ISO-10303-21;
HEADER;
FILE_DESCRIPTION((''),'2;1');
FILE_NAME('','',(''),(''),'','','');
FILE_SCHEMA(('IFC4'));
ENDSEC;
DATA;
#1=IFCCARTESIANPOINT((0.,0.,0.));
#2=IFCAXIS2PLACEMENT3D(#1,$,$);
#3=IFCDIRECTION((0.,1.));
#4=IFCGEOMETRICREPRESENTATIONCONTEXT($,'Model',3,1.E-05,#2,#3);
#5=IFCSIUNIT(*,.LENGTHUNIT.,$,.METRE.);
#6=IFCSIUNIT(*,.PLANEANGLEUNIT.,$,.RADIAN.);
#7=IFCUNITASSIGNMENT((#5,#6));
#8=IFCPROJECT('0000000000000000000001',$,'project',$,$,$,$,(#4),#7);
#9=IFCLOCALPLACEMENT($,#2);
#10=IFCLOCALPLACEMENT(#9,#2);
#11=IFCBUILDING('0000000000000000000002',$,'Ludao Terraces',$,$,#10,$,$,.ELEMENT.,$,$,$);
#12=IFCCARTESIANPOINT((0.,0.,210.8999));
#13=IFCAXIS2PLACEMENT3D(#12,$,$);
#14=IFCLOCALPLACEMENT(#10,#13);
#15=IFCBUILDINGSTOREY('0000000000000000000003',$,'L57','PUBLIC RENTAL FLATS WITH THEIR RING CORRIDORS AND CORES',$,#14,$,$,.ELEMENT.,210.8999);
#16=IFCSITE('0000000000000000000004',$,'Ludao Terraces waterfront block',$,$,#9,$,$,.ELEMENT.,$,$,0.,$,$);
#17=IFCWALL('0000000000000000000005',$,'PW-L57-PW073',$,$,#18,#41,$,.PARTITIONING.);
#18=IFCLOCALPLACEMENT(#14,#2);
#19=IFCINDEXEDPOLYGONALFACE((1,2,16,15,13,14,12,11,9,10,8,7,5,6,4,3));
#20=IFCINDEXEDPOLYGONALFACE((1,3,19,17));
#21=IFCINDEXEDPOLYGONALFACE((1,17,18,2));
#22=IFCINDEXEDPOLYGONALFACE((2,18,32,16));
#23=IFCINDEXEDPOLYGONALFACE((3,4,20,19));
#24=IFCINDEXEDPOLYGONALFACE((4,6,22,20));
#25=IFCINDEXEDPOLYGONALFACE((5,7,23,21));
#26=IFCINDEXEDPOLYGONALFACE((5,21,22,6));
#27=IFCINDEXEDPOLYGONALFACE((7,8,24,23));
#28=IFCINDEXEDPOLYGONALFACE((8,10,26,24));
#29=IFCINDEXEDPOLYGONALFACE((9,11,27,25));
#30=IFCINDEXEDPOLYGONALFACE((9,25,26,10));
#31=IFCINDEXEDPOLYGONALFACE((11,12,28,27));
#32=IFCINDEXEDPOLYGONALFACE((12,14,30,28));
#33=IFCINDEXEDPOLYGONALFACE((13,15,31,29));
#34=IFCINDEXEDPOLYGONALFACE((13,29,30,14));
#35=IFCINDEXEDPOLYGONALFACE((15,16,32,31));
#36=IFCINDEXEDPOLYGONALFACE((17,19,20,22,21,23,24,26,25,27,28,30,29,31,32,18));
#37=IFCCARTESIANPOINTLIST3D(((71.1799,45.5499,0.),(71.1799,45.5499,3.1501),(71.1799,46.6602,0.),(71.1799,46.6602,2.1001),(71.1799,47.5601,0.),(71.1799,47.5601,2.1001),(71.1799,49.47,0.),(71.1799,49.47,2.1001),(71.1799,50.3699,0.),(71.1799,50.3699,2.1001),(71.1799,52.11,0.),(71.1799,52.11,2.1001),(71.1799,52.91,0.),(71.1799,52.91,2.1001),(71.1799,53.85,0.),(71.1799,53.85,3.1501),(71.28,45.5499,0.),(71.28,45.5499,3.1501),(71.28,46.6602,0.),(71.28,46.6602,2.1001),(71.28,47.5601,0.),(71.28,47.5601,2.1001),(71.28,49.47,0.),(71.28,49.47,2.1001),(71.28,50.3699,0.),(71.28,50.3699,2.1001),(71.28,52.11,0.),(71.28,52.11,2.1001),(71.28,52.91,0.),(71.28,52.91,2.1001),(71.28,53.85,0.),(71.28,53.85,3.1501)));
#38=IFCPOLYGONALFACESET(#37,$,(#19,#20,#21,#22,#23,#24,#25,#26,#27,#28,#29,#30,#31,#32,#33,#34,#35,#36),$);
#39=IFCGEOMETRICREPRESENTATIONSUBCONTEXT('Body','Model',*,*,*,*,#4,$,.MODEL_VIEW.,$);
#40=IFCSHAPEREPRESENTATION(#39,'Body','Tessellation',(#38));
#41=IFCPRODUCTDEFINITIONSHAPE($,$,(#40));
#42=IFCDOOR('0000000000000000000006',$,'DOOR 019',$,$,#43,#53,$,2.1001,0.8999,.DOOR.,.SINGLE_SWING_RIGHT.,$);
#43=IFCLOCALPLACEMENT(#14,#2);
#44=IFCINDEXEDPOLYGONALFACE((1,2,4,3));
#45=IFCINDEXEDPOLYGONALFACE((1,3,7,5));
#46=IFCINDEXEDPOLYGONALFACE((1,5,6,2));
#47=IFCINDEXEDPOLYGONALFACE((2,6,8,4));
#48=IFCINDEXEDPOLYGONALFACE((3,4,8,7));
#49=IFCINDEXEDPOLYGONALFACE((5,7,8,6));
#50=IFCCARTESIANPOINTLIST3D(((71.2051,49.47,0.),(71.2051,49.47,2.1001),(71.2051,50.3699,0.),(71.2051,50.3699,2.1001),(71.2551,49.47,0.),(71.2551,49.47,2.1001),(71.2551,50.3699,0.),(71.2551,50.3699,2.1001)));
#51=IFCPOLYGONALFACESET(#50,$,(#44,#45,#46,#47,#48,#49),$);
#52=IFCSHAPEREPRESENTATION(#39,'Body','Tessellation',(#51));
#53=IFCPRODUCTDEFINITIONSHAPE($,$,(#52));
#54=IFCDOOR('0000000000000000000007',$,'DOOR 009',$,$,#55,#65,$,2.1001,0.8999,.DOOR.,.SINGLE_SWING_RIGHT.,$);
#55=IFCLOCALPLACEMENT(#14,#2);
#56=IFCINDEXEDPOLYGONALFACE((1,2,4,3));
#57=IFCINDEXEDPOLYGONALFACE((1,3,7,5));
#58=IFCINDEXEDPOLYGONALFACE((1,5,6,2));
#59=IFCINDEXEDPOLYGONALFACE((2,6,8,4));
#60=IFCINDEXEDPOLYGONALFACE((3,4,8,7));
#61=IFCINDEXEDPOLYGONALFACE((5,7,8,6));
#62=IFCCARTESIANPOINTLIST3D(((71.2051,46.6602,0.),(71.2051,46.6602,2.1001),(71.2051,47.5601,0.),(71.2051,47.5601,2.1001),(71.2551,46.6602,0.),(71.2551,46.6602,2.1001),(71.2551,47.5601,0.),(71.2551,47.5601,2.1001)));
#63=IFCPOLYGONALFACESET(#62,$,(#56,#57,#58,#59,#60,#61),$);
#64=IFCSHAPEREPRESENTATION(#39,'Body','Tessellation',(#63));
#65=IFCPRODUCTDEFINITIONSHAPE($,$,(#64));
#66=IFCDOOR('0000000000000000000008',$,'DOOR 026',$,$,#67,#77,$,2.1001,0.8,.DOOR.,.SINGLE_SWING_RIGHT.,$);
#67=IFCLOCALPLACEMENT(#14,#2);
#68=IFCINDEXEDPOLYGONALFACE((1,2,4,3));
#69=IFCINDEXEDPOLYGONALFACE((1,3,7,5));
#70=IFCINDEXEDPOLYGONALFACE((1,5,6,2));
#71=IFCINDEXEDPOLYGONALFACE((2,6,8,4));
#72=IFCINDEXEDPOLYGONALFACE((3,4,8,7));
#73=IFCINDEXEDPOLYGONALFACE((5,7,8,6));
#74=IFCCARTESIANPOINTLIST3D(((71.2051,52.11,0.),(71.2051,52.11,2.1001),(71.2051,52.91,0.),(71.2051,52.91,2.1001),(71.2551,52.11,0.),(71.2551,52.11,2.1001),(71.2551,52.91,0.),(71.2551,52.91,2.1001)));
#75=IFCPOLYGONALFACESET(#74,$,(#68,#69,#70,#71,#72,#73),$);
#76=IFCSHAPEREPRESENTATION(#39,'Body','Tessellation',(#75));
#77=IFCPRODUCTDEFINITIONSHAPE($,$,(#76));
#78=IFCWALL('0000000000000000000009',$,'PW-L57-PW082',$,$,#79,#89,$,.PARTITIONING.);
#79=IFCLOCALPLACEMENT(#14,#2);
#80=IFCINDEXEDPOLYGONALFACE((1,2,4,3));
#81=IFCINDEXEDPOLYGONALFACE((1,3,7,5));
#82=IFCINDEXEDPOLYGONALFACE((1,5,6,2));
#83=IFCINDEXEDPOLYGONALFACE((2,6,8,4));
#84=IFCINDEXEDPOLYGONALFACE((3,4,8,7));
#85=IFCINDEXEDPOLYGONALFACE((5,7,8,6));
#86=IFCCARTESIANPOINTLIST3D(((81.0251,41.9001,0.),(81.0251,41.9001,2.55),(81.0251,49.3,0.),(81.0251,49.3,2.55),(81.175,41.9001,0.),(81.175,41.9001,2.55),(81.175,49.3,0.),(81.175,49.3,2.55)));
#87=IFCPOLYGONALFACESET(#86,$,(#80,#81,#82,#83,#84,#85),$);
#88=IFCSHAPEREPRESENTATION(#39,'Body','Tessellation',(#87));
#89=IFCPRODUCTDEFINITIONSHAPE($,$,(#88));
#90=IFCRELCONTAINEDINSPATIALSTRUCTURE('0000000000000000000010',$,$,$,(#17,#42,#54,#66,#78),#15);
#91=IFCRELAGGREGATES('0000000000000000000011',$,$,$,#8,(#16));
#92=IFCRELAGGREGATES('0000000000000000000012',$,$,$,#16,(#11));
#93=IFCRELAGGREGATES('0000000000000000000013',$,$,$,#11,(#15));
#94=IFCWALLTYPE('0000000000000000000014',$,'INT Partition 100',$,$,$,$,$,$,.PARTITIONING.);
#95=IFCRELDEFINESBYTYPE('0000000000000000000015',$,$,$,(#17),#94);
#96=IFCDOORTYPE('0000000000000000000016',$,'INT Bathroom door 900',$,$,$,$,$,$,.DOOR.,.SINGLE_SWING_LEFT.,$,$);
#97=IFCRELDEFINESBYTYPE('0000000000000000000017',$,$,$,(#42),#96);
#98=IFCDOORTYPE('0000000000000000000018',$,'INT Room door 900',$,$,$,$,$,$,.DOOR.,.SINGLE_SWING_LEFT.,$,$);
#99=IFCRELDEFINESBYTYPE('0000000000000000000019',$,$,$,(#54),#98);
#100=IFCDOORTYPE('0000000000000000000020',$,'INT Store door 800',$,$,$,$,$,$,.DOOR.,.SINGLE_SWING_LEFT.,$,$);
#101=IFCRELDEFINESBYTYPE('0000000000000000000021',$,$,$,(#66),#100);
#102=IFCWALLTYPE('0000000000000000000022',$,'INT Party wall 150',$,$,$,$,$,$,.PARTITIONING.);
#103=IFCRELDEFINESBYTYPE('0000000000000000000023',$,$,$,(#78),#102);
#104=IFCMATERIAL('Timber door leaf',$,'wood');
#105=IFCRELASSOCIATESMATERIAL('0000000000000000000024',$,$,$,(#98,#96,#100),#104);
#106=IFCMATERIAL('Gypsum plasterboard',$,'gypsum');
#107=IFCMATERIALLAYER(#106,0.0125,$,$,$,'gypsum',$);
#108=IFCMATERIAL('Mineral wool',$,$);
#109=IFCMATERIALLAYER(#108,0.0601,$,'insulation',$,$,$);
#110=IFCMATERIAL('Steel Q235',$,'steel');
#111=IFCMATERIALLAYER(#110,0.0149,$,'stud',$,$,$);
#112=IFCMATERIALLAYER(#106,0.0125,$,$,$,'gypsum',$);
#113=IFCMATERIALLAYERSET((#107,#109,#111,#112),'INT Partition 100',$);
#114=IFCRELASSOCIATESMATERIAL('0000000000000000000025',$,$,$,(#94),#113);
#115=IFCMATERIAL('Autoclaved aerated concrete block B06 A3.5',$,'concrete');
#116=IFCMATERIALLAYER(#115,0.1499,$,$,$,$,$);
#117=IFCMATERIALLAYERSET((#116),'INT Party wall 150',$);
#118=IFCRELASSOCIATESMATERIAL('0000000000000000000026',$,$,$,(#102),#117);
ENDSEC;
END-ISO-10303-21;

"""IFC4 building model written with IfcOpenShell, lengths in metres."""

from ifc_helpers import new_model, si_unit, direction, frame, frame_2d, origin, place, context, subcontext, project, spatial, rectangle, extrude, material, layer, layer_set, type_object, element, fill, save


model = new_model("IFC4")

# Units and contexts
model_context = context("Model", 3, precision=1e-05, world=origin(), true_north=direction((0.0, 1.0)))
body_context = subcontext(model_context, "Body", "Model", "MODEL_VIEW")
ifc_project = project(units=[si_unit("LENGTHUNIT", "METRE"), si_unit("PLANEANGLEUNIT", "RADIAN")], contexts=[model_context])

# Site, building, storey
site_placement = place(None, origin())
site = spatial("IfcSite", under=ifc_project, at=site_placement, Name="Ludao Terraces waterfront block", CompositionType="ELEMENT", RefElevation=0.0)
building_placement = place(site_placement, origin())
building = spatial("IfcBuilding", under=site, at=building_placement, Name="Ludao Terraces", CompositionType="ELEMENT")
storey_placement = place(building_placement, frame((0.0, 0.0, 210.8999)))
storey = spatial("IfcBuildingStorey", under=building, at=storey_placement, Name="L57", Description="PUBLIC RENTAL FLATS WITH THEIR RING CORRIDORS AND CORES", CompositionType="ELEMENT", Elevation=210.8999)

# Shared definitions
ifc_material_1 = material(Name="Autoclaved aerated concrete block B06 A3.5", Category="concrete")
ifc_material_2 = material(Name="Timber door leaf", Category="wood")
door_type_1 = type_object("IfcDoorType", Name="INT Room door 900", OperationType="SINGLE_SWING_LEFT", PredefinedType="DOOR", material=ifc_material_2)
ifc_material_3 = material(Name="Steel Q235", Category="steel")

# Shared definitions
ifc_material_4 = material(Name="Gypsum plasterboard", Category="gypsum")
ifc_layer_1 = layer(ifc_material_4, 0.0125, Category="gypsum")
ifc_material_5 = material(Name="Mineral wool")
ifc_layer_2 = layer(ifc_material_5, 0.0601, Name="insulation")
ifc_layer_3 = layer(ifc_material_3, 0.0149, Name="stud")
ifc_layer_4 = layer(ifc_material_4, 0.0125, Category="gypsum")
ifc_layer_set_1 = layer_set([ifc_layer_1, ifc_layer_2, ifc_layer_3, ifc_layer_4], Name="INT Partition 100")
wall_type_1 = type_object("IfcWallType", Name="INT Partition 100", PredefinedType="PARTITIONING", material=ifc_layer_set_1)

# Wall, openings, doors
wall_1_placement = place(storey_placement, frame((71.23, 45.55, 0.0), z_axis=(0.0, 0.0, 1.0), x_axis=(0.0, 1.0, 0.0)))
wall_1 = element("IfcWall", 1, at=wall_1_placement, inside=storey, type_object=wall_type_1, Name="PW-L57-PW073", PredefinedType="PARTITIONING", context=body_context, shape_type="SweptSolid", body=[
    extrude(rectangle(XDim=8.3, YDim=0.1001, at=frame_2d((4.1499, 0.0))), origin(), (0.0, 0.0, 1.0), 3.1501),
])
opening_1_placement = place(wall_1_placement, frame((1.1101, 0.0, 0.0)))
opening_1 = element("IfcOpeningElement", 2, at=opening_1_placement, cuts=wall_1, PredefinedType="OPENING", context=body_context, shape_type="SweptSolid", body=[
    extrude(rectangle(XDim=0.8999, YDim=2.1001, at=frame_2d((0.45, 1.05))), frame((0.0, 0.0601, 0.0), z_axis=(0.0, -1.0, 0.0), x_axis=(1.0, 0.0, 0.0)), (0.0, 0.0, 1.0), 0.1201),
])
opening_2_placement = place(wall_1_placement, frame((3.9199, 0.0, 0.0)))
opening_2 = element("IfcOpeningElement", 3, at=opening_2_placement, cuts=wall_1, PredefinedType="OPENING", context=body_context, shape_type="SweptSolid", body=[
    extrude(rectangle(XDim=0.8999, YDim=2.1001, at=frame_2d((0.45, 1.05))), frame((0.0, 0.0601, 0.0), z_axis=(0.0, -1.0, 0.0), x_axis=(1.0, 0.0, 0.0)), (0.0, 0.0, 1.0), 0.1201),
])
opening_3_placement = place(wall_1_placement, frame((6.5601, 0.0, 0.0)))
opening_3 = element("IfcOpeningElement", 4, at=opening_3_placement, cuts=wall_1, PredefinedType="OPENING", context=body_context, shape_type="SweptSolid", body=[
    extrude(rectangle(XDim=0.8, YDim=2.1001, at=frame_2d((0.3999, 1.05))), frame((0.0, 0.0601, 0.0), z_axis=(0.0, -1.0, 0.0), x_axis=(1.0, 0.0, 0.0)), (0.0, 0.0, 1.0), 0.1201),
])
door_type_2 = type_object("IfcDoorType", Name="INT Bathroom door 900", OperationType="SINGLE_SWING_LEFT", PredefinedType="DOOR", material=ifc_material_2)
door_1_placement = place(opening_2_placement, origin())
door_1 = element("IfcDoor", 5, at=door_1_placement, inside=storey, type_object=door_type_2, Name="DOOR 019", OperationType="SINGLE_SWING_RIGHT", OverallHeight=2.1001, OverallWidth=0.8999, PredefinedType="DOOR", context=body_context, shape_type="SweptSolid", body=[
    extrude(rectangle(XDim=0.8999, YDim=2.1001, at=frame_2d((0.45, 1.05))), frame((0.0, 0.0249, 0.0), z_axis=(0.0, -1.0, 0.0), x_axis=(1.0, 0.0, 0.0)), (0.0, 0.0, 1.0), 0.05),
])
fill(opening_2, door_1)
door_2_placement = place(opening_1_placement, origin())
door_2 = element("IfcDoor", 6, at=door_2_placement, inside=storey, type_object=door_type_1, Name="DOOR 009", OperationType="SINGLE_SWING_RIGHT", OverallHeight=2.1001, OverallWidth=0.8999, PredefinedType="DOOR", context=body_context, shape_type="SweptSolid", body=[
    extrude(rectangle(XDim=0.8999, YDim=2.1001, at=frame_2d((0.45, 1.05))), frame((0.0, 0.0249, 0.0), z_axis=(0.0, -1.0, 0.0), x_axis=(1.0, 0.0, 0.0)), (0.0, 0.0, 1.0), 0.05),
])
fill(opening_1, door_2)
door_type_3 = type_object("IfcDoorType", Name="INT Store door 800", OperationType="SINGLE_SWING_LEFT", PredefinedType="DOOR", material=ifc_material_2)
door_3_placement = place(opening_3_placement, origin())
door_3 = element("IfcDoor", 7, at=door_3_placement, inside=storey, type_object=door_type_3, Name="DOOR 026", OperationType="SINGLE_SWING_RIGHT", OverallHeight=2.1001, OverallWidth=0.8, PredefinedType="DOOR", context=body_context, shape_type="SweptSolid", body=[
    extrude(rectangle(XDim=0.8, YDim=2.1001, at=frame_2d((0.3999, 1.05))), frame((0.0, 0.0249, 0.0), z_axis=(0.0, -1.0, 0.0), x_axis=(1.0, 0.0, 0.0)), (0.0, 0.0, 1.0), 0.05),
])
fill(opening_3, door_3)

# Wall
ifc_layer_5 = layer(ifc_material_1, 0.1499)
ifc_layer_set_2 = layer_set([ifc_layer_5], Name="INT Party wall 150")
wall_type_2 = type_object("IfcWallType", Name="INT Party wall 150", PredefinedType="PARTITIONING", material=ifc_layer_set_2)
wall_2_placement = place(storey_placement, frame((81.1001, 41.9001, 0.0), z_axis=(0.0, 0.0, 1.0), x_axis=(0.0, 1.0, 0.0)))
element("IfcWall", 8, at=wall_2_placement, inside=storey, type_object=wall_type_2, Name="PW-L57-PW082", PredefinedType="PARTITIONING", context=body_context, shape_type="SweptSolid", body=[
    extrude(rectangle(XDim=7.3999, YDim=0.1499, at=frame_2d((3.7, 0.0))), origin(), (0.0, 0.0, 1.0), 2.55),
])

save(model, "model.ifc")
